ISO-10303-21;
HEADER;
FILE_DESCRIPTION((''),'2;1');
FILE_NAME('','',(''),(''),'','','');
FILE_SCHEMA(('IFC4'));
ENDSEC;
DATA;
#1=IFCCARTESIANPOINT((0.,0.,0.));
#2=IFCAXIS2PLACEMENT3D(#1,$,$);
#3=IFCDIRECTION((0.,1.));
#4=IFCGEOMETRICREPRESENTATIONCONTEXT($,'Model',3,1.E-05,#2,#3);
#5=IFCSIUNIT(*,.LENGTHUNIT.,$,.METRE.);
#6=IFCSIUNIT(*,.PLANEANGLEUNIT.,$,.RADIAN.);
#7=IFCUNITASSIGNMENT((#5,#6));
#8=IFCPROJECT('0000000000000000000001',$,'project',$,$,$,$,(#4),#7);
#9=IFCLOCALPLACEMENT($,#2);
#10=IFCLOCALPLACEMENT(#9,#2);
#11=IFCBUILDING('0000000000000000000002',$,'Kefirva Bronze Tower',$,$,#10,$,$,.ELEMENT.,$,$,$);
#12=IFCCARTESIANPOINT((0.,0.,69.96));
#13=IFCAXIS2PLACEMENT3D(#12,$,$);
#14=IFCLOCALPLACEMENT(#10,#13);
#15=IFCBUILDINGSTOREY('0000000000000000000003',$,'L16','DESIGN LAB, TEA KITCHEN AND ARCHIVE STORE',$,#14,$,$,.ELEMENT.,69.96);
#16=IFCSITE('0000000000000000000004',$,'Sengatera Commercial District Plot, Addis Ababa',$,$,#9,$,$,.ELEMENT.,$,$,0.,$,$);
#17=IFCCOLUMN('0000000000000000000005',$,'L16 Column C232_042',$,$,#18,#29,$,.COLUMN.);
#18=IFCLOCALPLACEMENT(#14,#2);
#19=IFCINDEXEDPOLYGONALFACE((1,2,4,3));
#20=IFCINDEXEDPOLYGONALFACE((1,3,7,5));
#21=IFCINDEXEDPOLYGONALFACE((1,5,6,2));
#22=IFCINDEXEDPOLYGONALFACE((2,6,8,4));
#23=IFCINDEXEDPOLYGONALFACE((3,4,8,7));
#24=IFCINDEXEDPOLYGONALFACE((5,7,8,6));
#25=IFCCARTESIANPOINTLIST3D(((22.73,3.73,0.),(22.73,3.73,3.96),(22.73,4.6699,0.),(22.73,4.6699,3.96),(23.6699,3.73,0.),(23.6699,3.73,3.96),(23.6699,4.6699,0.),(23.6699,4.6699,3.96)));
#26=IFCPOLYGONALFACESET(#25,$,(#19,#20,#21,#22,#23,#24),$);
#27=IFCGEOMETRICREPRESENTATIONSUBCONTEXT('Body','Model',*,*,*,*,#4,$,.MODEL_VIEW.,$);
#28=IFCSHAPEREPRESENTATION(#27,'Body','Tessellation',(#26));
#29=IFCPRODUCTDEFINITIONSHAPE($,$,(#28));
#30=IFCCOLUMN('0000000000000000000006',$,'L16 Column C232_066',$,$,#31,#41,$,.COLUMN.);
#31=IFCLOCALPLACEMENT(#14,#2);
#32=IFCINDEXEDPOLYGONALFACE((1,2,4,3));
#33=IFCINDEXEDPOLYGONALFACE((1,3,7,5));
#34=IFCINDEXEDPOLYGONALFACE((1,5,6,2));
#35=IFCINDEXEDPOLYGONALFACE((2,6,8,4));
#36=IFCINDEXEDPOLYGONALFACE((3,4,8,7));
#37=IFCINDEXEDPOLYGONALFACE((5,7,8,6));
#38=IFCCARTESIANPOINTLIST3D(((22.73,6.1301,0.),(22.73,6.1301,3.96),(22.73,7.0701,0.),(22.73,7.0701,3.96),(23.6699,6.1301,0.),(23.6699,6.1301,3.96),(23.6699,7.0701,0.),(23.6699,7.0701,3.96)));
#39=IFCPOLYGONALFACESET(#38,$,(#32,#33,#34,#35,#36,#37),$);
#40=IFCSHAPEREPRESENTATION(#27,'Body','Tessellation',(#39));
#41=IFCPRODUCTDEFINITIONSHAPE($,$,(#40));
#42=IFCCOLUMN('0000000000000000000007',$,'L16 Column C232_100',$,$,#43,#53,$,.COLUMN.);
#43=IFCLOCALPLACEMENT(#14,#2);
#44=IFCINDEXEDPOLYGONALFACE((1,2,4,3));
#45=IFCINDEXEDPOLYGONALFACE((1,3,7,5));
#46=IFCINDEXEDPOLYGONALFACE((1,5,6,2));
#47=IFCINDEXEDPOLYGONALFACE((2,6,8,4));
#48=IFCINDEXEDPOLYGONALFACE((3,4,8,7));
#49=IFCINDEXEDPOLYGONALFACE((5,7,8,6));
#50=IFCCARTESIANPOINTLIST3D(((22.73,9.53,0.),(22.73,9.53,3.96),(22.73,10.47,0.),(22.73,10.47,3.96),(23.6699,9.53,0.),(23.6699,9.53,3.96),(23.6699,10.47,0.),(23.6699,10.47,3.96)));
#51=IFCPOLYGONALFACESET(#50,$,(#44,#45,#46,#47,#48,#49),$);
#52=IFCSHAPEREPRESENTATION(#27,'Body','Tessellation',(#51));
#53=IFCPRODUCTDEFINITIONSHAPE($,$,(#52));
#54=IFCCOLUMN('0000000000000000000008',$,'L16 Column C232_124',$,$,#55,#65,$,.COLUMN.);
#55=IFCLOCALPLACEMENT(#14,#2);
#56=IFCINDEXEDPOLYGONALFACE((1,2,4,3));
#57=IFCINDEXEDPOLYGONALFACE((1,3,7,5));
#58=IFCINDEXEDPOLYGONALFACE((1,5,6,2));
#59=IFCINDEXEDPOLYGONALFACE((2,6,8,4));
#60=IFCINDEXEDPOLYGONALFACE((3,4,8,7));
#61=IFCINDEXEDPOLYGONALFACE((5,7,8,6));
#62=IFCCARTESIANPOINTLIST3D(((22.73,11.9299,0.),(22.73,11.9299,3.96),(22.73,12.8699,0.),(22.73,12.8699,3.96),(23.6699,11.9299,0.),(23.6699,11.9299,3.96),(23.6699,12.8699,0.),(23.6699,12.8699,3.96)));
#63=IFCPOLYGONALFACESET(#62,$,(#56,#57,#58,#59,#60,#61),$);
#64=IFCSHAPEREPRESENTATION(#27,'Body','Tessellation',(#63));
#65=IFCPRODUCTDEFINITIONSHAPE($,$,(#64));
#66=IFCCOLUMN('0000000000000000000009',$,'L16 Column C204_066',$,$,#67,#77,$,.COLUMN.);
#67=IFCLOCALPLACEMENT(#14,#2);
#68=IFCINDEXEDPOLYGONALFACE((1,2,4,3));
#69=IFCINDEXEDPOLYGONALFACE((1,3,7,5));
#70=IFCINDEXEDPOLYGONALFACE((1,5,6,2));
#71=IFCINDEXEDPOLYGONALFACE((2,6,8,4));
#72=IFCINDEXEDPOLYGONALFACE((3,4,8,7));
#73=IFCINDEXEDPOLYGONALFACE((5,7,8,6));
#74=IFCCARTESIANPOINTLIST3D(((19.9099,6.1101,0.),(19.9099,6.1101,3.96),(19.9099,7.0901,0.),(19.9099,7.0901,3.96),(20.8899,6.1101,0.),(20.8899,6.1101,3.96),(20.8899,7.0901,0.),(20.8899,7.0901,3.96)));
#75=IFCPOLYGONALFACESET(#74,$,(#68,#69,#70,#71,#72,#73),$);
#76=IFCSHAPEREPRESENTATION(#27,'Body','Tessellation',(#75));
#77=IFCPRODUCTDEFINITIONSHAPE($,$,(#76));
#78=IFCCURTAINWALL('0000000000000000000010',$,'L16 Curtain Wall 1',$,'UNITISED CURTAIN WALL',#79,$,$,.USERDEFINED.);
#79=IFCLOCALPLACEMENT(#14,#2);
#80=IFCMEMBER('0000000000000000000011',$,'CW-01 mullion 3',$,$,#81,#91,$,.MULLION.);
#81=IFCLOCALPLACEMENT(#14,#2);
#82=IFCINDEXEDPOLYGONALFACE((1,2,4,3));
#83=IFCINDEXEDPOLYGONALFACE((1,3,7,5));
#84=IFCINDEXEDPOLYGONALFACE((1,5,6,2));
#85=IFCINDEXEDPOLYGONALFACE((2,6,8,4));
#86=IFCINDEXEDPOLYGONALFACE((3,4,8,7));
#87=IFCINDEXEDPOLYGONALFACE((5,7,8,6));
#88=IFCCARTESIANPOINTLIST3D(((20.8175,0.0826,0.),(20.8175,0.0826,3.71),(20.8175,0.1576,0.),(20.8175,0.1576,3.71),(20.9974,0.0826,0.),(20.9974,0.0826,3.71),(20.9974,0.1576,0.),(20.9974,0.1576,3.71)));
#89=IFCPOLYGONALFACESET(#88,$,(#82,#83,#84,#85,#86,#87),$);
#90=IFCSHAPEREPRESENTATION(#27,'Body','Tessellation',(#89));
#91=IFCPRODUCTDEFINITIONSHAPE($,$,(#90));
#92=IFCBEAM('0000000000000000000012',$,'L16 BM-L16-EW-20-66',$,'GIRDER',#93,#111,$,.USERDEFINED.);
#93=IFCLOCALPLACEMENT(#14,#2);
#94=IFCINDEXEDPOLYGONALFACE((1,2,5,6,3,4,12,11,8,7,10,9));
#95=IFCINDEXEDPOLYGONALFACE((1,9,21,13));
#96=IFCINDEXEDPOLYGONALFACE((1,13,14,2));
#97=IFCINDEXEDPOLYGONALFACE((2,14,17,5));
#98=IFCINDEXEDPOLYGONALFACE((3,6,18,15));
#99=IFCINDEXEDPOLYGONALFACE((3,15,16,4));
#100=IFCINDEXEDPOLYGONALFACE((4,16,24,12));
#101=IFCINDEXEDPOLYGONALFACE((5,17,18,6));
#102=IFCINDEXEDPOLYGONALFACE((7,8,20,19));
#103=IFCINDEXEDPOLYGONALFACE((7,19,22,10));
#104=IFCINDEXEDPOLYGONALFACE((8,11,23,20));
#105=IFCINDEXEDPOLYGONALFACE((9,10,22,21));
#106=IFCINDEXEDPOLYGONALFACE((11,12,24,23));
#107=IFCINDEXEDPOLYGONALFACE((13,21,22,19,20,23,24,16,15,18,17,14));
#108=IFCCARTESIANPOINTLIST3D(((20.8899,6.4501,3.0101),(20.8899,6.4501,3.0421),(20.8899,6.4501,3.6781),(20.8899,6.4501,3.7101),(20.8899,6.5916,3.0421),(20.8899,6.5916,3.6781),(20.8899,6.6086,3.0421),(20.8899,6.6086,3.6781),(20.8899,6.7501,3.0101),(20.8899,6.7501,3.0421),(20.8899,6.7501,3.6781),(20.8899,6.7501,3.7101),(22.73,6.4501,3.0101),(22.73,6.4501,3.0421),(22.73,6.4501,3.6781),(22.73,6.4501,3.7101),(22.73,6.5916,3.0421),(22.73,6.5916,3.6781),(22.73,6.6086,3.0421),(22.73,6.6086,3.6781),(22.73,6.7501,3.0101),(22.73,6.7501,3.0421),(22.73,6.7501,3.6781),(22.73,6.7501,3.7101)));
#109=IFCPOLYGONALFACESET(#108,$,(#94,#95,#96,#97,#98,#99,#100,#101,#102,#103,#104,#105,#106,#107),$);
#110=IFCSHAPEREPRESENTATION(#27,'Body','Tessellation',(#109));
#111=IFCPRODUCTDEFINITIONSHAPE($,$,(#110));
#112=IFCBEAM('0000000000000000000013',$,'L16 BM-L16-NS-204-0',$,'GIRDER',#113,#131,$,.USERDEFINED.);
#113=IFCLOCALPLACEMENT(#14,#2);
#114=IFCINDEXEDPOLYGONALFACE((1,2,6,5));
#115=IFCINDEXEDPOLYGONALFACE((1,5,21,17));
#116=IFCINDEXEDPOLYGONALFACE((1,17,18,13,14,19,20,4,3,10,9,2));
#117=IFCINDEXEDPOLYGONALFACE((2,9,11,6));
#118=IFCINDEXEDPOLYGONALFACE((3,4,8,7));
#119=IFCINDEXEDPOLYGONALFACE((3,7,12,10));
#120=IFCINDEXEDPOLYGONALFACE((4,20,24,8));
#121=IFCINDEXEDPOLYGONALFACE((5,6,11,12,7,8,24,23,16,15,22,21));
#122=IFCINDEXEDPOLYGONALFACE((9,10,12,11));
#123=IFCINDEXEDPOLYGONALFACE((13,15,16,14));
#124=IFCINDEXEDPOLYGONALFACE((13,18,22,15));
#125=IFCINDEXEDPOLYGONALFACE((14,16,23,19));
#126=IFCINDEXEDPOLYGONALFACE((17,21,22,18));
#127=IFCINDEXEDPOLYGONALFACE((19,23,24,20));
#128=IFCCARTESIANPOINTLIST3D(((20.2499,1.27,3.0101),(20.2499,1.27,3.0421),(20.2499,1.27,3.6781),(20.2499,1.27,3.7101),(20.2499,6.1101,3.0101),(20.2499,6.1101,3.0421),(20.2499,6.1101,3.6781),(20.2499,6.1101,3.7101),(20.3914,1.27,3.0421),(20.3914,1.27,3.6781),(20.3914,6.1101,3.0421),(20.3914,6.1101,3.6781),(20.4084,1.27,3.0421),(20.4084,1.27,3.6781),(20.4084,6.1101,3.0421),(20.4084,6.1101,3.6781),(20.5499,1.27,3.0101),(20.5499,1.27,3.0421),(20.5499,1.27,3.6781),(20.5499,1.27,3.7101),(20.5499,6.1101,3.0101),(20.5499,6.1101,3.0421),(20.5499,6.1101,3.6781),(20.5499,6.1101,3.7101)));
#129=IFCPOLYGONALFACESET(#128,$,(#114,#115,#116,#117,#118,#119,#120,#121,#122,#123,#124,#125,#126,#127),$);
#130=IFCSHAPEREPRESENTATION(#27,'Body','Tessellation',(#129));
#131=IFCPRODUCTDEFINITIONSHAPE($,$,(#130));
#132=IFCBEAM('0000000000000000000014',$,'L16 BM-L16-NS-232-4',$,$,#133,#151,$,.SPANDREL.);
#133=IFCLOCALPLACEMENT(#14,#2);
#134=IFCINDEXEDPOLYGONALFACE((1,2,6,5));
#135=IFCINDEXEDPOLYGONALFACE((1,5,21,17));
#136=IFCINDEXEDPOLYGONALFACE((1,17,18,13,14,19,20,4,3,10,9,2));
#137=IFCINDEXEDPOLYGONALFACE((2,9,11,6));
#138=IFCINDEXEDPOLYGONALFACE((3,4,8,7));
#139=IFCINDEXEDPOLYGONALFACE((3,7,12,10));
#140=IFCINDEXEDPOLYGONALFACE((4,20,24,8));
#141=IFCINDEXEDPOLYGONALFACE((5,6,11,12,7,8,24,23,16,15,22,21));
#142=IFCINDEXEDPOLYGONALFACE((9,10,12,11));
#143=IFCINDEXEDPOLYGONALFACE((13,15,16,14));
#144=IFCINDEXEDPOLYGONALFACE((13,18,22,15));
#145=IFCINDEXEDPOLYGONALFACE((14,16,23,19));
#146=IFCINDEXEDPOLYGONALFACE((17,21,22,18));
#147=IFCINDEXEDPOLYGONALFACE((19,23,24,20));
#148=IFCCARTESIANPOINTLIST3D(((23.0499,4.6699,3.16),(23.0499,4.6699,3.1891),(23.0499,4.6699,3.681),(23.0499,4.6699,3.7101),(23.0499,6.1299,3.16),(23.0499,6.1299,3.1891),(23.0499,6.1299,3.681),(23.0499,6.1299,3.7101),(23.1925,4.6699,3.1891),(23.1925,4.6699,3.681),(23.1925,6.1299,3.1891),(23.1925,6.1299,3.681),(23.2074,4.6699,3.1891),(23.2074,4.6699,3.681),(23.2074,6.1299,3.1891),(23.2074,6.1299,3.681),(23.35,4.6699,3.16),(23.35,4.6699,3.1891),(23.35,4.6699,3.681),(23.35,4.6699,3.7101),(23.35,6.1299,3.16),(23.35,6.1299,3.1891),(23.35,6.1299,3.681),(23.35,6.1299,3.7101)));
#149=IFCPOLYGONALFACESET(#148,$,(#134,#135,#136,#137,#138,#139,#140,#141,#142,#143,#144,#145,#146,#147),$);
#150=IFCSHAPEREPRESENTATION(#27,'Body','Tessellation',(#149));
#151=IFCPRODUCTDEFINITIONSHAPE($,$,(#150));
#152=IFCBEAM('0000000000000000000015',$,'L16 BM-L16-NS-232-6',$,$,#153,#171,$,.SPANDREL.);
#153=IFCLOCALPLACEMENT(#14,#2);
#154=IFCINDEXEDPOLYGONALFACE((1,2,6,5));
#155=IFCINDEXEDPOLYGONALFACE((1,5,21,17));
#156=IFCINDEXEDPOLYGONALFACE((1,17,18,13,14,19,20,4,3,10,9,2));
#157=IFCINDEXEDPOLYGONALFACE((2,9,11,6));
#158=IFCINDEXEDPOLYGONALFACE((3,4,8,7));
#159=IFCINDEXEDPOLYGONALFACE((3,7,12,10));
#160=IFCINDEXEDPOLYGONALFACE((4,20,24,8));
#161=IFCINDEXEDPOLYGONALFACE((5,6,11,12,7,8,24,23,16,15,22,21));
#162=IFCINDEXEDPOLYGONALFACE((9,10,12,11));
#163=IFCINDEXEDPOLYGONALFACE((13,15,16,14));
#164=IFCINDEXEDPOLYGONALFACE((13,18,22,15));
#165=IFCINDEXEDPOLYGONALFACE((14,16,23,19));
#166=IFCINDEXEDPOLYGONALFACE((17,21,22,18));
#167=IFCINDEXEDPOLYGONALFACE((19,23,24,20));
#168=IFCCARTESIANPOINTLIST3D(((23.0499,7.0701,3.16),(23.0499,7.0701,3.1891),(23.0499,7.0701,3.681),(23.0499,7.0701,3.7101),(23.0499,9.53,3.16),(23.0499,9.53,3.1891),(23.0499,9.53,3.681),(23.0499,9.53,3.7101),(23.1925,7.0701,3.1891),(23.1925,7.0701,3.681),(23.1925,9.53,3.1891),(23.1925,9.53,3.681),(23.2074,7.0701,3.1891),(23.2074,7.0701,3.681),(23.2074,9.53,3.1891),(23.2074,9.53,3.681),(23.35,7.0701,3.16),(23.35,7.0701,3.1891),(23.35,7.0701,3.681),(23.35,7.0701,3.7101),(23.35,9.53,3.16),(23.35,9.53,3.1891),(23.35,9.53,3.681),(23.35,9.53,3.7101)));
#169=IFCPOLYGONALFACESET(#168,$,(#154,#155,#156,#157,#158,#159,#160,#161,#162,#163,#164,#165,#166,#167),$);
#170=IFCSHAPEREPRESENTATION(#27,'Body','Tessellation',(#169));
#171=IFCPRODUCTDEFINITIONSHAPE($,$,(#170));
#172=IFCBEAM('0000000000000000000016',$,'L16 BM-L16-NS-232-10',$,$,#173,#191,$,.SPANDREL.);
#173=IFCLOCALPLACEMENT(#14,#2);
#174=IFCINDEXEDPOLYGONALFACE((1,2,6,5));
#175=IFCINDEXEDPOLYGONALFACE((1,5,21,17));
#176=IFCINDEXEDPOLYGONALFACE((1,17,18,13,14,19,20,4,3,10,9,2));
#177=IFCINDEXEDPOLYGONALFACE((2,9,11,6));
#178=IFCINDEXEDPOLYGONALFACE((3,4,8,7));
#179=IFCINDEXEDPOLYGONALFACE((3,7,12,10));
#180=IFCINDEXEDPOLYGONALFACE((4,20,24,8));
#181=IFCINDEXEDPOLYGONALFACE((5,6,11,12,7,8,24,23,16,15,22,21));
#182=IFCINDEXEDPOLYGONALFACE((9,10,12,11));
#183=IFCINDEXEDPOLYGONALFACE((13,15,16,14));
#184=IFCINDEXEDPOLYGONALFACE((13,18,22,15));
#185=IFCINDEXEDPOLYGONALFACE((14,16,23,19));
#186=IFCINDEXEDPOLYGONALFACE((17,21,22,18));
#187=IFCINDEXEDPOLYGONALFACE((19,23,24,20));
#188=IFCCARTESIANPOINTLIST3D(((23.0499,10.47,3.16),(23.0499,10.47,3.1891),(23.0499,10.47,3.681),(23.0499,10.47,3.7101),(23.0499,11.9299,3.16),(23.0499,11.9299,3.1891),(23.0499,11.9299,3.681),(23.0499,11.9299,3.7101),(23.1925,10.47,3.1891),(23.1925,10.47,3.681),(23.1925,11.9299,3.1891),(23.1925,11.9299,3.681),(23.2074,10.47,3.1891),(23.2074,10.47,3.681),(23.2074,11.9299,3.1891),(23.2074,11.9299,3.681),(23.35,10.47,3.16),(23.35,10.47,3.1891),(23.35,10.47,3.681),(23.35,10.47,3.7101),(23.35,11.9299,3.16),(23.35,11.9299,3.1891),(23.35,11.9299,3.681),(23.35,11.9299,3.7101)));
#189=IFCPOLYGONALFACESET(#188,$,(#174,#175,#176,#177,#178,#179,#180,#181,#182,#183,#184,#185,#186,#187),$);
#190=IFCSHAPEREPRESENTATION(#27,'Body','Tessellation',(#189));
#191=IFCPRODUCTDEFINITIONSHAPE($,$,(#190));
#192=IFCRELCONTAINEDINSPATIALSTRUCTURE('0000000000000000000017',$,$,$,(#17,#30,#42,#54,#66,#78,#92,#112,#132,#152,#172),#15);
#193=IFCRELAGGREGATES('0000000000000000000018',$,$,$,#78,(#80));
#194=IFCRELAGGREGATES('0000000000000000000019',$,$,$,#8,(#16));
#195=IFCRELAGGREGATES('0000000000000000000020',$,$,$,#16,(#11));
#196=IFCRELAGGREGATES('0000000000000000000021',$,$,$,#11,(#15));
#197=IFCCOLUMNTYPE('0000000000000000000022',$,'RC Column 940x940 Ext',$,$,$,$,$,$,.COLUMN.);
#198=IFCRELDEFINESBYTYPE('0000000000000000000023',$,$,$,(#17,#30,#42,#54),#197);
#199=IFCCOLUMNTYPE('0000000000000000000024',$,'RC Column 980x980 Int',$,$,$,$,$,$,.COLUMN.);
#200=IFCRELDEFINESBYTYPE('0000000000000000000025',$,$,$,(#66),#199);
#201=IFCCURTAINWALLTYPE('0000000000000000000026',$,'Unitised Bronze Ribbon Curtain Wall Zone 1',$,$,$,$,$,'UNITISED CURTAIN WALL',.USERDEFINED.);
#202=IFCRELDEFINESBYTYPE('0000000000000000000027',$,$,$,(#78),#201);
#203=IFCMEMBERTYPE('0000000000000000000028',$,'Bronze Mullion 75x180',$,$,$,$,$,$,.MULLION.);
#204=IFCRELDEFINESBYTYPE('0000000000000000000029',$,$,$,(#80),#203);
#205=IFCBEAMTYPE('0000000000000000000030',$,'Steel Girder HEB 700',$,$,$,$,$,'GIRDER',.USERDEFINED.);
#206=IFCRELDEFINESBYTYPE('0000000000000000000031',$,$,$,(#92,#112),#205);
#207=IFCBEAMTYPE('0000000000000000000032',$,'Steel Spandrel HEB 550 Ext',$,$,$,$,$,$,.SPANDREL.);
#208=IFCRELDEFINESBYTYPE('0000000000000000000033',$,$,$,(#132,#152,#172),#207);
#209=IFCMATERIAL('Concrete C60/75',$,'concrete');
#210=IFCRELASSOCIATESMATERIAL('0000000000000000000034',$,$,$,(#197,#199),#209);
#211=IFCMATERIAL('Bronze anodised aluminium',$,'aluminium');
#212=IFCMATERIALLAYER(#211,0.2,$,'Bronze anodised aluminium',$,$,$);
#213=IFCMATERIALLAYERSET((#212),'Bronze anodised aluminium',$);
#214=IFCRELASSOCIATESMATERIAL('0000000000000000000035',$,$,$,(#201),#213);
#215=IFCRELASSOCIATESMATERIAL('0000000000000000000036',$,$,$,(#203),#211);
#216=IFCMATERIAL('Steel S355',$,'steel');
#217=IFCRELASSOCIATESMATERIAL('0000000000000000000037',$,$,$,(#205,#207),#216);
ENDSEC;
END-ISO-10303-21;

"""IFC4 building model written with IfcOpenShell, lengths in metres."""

from ifc_helpers import new_model, si_unit, direction, frame, origin, origin_2d, place, context, subcontext, project, spatial, rectangle, i_section, extrude, material, layer, layer_set, material_profile, profile_set, type_object, element, aggregate, save


model = new_model("IFC4")

# Units and contexts
model_context = context("Model", 3, precision=1e-05, world=origin(), true_north=direction((0.0, 1.0)))
body_context = subcontext(model_context, "Body", "Model", "MODEL_VIEW")
ifc_project = project(units=[si_unit("LENGTHUNIT", "METRE"), si_unit("PLANEANGLEUNIT", "RADIAN")], contexts=[model_context])

# Site, building, storey
site_placement = place(None, origin())
site = spatial("IfcSite", under=ifc_project, at=site_placement, Name="Sengatera Commercial District Plot, Addis Ababa", CompositionType="ELEMENT", RefElevation=0.0)
building_placement = place(site_placement, origin())
building = spatial("IfcBuilding", under=site, at=building_placement, Name="Kefirva Bronze Tower", CompositionType="ELEMENT")
storey_placement = place(building_placement, frame((0.0, 0.0, 69.96)))
storey = spatial("IfcBuildingStorey", under=building, at=storey_placement, Name="L16", Description="DESIGN LAB, TEA KITCHEN AND ARCHIVE STORE", CompositionType="ELEMENT", Elevation=69.96)

# Columns
ifc_material_1 = material(Name="Concrete C60/75", Category="concrete")
ifc_material_profile_1 = material_profile(ifc_material_1, rectangle(XDim=0.9399, YDim=0.9399, at=origin_2d()), Name="RC 940x940")
ifc_profile_set_1 = profile_set([ifc_material_profile_1], Name="Concrete C60/75")
column_type_1 = type_object("IfcColumnType", Name="RC Column 940x940 Ext", PredefinedType="COLUMN", material=ifc_profile_set_1)
for number, where, z_axis, x_axis, name in (
    (1, (23.2, 4.2, 0.0), (0.0, 0.0, 1.0), (1.0, 0.0, 0.0), "L16 Column C232_042"),
    (2, (23.2, 6.6001, 0.0), (0.0, 0.0, 1.0), (1.0, 0.0, 0.0), "L16 Column C232_066"),
    (3, (23.2, 10.0, 0.0), (0.0, 0.0, 1.0), (1.0, 0.0, 0.0), "L16 Column C232_100"),
    (4, (23.2, 12.3999, 0.0), (0.0, 0.0, 1.0), (1.0, 0.0, 0.0), "L16 Column C232_124"),
):
    element("IfcColumn", number, at=place(storey_placement, frame(where, z_axis=z_axis, x_axis=x_axis)), inside=storey, type_object=column_type_1, Name=name, PredefinedType="COLUMN", context=body_context, shape_type="SweptSolid", body=[
        extrude(rectangle(XDim=0.9399, YDim=0.9399, at=origin_2d()), origin(), (0.0, 0.0, 1.0), 3.96),
    ])
ifc_material_profile_2 = material_profile(ifc_material_1, rectangle(XDim=0.98, YDim=0.98, at=origin_2d()), Name="RC 980x980")
ifc_profile_set_2 = profile_set([ifc_material_profile_2], Name="Concrete C60/75")
column_type_2 = type_object("IfcColumnType", Name="RC Column 980x980 Int", PredefinedType="COLUMN", material=ifc_profile_set_2)
column_placement = place(storey_placement, frame((20.3999, 6.6001, 0.0), z_axis=(0.0, 0.0, 1.0), x_axis=(1.0, 0.0, 0.0)))
element("IfcColumn", 5, at=column_placement, inside=storey, type_object=column_type_2, Name="L16 Column C204_066", PredefinedType="COLUMN", context=body_context, shape_type="SweptSolid", body=[
    extrude(rectangle(XDim=0.98, YDim=0.98, at=origin_2d()), origin(), (0.0, 0.0, 1.0), 3.96),
])

# Curtain wall, member
ifc_material_2 = material(Name="Bronze anodised aluminium", Category="aluminium")
ifc_layer_1 = layer(ifc_material_2, 0.2, Name="Bronze anodised aluminium")
ifc_layer_set_1 = layer_set([ifc_layer_1], Name="Bronze anodised aluminium")
curtain_wall_type = type_object("IfcCurtainWallType", Name="Unitised Bronze Ribbon Curtain Wall Zone 1", ElementType="UNITISED CURTAIN WALL", PredefinedType="USERDEFINED", material=ifc_layer_set_1)
curtain_wall_placement = place(storey_placement, origin())
curtain_wall = element("IfcCurtainWall", 6, at=curtain_wall_placement, inside=storey, type_object=curtain_wall_type, Name="L16 Curtain Wall 1", ObjectType="UNITISED CURTAIN WALL", PredefinedType="USERDEFINED")
ifc_material_profile_3 = material_profile(ifc_material_2, rectangle(XDim=0.075, YDim=0.1799, at=origin_2d()), Name="ALU 75x180")
ifc_profile_set_3 = profile_set([ifc_material_profile_3], Name="Bronze anodised aluminium")
member_type = type_object("IfcMemberType", Name="Bronze Mullion 75x180", PredefinedType="MULLION", material=ifc_profile_set_3)
member_placement = place(storey_placement, frame((20.9075, 0.1201, 0.0), z_axis=(0.0, 0.0, 1.0), x_axis=(0.0, 1.0, 0.0)))
member = element("IfcMember", 7, at=member_placement, type_object=member_type, Name="CW-01 mullion 3", PredefinedType="MULLION", context=body_context, shape_type="SweptSolid", body=[
    extrude(rectangle(XDim=0.075, YDim=0.1799, at=origin_2d()), origin(), (0.0, 0.0, 1.0), 3.71),
])
aggregate(curtain_wall, [member])

# Beams
ifc_material_3 = material(Name="Steel S355", Category="steel")
ifc_material_profile_4 = material_profile(ifc_material_3, i_section(OverallWidth=0.3, OverallDepth=0.7, WebThickness=0.0171, FlangeThickness=0.032, at=origin_2d()), Name="HEB 700")
ifc_profile_set_4 = profile_set([ifc_material_profile_4], Name="Steel S355")
beam_type_1 = type_object("IfcBeamType", Name="Steel Girder HEB 700", ElementType="GIRDER", PredefinedType="USERDEFINED", material=ifc_profile_set_4)
beam_1_placement = place(storey_placement, frame((20.8899, 6.6001, 3.3601), z_axis=(1.0, 0.0, 0.0), x_axis=(0.0, 1.0, 0.0)))
element("IfcBeam", 8, at=beam_1_placement, inside=storey, type_object=beam_type_1, Name="L16 BM-L16-EW-20-66", ObjectType="GIRDER", PredefinedType="USERDEFINED", context=body_context, shape_type="SweptSolid", body=[
    extrude(i_section(OverallWidth=0.3, OverallDepth=0.7, WebThickness=0.0171, FlangeThickness=0.032, at=origin_2d()), origin(), (0.0, 0.0, 1.0), 1.8401),
])
beam_2_placement = place(storey_placement, frame((20.3999, 1.27, 3.3601), z_axis=(0.0, 1.0, 0.0), x_axis=(-1.0, 0.0, 0.0)))
element("IfcBeam", 9, at=beam_2_placement, inside=storey, type_object=beam_type_1, Name="L16 BM-L16-NS-204-0", ObjectType="GIRDER", PredefinedType="USERDEFINED", context=body_context, shape_type="SweptSolid", body=[
    extrude(i_section(OverallWidth=0.3, OverallDepth=0.7, WebThickness=0.0171, FlangeThickness=0.032, at=origin_2d()), origin(), (0.0, 0.0, 1.0), 4.8401),
])
ifc_material_profile_5 = material_profile(ifc_material_3, i_section(OverallWidth=0.3, OverallDepth=0.55, WebThickness=0.0149, FlangeThickness=0.0291, at=origin_2d()), Name="HEB 550")
ifc_profile_set_5 = profile_set([ifc_material_profile_5], Name="Steel S355")
beam_type_2 = type_object("IfcBeamType", Name="Steel Spandrel HEB 550 Ext", PredefinedType="SPANDREL", material=ifc_profile_set_5)
beam_3_placement = place(storey_placement, frame((23.2, 4.6699, 3.4351), z_axis=(0.0, 1.0, 0.0), x_axis=(-1.0, 0.0, 0.0)))
element("IfcBeam", 10, at=beam_3_placement, inside=storey, type_object=beam_type_2, Name="L16 BM-L16-NS-232-4", PredefinedType="SPANDREL", context=body_context, shape_type="SweptSolid", body=[
    extrude(i_section(OverallWidth=0.3, OverallDepth=0.55, WebThickness=0.0149, FlangeThickness=0.0291, at=origin_2d()), origin(), (0.0, 0.0, 1.0), 1.46),
])
beam_4_placement = place(storey_placement, frame((23.2, 7.0701, 3.4351), z_axis=(0.0, 1.0, 0.0), x_axis=(-1.0, 0.0, 0.0)))
element("IfcBeam", 11, at=beam_4_placement, inside=storey, type_object=beam_type_2, Name="L16 BM-L16-NS-232-6", PredefinedType="SPANDREL", context=body_context, shape_type="SweptSolid", body=[
    extrude(i_section(OverallWidth=0.3, OverallDepth=0.55, WebThickness=0.0149, FlangeThickness=0.0291, at=origin_2d()), origin(), (0.0, 0.0, 1.0), 2.46),
])
beam_5_placement = place(storey_placement, frame((23.2, 10.47, 3.4351), z_axis=(0.0, 1.0, 0.0), x_axis=(-1.0, 0.0, 0.0)))
element("IfcBeam", 12, at=beam_5_placement, inside=storey, type_object=beam_type_2, Name="L16 BM-L16-NS-232-10", PredefinedType="SPANDREL", context=body_context, shape_type="SweptSolid", body=[
    extrude(i_section(OverallWidth=0.3, OverallDepth=0.55, WebThickness=0.0149, FlangeThickness=0.0291, at=origin_2d()), origin(), (0.0, 0.0, 1.0), 1.46),
])

save(model, "model.ifc")
